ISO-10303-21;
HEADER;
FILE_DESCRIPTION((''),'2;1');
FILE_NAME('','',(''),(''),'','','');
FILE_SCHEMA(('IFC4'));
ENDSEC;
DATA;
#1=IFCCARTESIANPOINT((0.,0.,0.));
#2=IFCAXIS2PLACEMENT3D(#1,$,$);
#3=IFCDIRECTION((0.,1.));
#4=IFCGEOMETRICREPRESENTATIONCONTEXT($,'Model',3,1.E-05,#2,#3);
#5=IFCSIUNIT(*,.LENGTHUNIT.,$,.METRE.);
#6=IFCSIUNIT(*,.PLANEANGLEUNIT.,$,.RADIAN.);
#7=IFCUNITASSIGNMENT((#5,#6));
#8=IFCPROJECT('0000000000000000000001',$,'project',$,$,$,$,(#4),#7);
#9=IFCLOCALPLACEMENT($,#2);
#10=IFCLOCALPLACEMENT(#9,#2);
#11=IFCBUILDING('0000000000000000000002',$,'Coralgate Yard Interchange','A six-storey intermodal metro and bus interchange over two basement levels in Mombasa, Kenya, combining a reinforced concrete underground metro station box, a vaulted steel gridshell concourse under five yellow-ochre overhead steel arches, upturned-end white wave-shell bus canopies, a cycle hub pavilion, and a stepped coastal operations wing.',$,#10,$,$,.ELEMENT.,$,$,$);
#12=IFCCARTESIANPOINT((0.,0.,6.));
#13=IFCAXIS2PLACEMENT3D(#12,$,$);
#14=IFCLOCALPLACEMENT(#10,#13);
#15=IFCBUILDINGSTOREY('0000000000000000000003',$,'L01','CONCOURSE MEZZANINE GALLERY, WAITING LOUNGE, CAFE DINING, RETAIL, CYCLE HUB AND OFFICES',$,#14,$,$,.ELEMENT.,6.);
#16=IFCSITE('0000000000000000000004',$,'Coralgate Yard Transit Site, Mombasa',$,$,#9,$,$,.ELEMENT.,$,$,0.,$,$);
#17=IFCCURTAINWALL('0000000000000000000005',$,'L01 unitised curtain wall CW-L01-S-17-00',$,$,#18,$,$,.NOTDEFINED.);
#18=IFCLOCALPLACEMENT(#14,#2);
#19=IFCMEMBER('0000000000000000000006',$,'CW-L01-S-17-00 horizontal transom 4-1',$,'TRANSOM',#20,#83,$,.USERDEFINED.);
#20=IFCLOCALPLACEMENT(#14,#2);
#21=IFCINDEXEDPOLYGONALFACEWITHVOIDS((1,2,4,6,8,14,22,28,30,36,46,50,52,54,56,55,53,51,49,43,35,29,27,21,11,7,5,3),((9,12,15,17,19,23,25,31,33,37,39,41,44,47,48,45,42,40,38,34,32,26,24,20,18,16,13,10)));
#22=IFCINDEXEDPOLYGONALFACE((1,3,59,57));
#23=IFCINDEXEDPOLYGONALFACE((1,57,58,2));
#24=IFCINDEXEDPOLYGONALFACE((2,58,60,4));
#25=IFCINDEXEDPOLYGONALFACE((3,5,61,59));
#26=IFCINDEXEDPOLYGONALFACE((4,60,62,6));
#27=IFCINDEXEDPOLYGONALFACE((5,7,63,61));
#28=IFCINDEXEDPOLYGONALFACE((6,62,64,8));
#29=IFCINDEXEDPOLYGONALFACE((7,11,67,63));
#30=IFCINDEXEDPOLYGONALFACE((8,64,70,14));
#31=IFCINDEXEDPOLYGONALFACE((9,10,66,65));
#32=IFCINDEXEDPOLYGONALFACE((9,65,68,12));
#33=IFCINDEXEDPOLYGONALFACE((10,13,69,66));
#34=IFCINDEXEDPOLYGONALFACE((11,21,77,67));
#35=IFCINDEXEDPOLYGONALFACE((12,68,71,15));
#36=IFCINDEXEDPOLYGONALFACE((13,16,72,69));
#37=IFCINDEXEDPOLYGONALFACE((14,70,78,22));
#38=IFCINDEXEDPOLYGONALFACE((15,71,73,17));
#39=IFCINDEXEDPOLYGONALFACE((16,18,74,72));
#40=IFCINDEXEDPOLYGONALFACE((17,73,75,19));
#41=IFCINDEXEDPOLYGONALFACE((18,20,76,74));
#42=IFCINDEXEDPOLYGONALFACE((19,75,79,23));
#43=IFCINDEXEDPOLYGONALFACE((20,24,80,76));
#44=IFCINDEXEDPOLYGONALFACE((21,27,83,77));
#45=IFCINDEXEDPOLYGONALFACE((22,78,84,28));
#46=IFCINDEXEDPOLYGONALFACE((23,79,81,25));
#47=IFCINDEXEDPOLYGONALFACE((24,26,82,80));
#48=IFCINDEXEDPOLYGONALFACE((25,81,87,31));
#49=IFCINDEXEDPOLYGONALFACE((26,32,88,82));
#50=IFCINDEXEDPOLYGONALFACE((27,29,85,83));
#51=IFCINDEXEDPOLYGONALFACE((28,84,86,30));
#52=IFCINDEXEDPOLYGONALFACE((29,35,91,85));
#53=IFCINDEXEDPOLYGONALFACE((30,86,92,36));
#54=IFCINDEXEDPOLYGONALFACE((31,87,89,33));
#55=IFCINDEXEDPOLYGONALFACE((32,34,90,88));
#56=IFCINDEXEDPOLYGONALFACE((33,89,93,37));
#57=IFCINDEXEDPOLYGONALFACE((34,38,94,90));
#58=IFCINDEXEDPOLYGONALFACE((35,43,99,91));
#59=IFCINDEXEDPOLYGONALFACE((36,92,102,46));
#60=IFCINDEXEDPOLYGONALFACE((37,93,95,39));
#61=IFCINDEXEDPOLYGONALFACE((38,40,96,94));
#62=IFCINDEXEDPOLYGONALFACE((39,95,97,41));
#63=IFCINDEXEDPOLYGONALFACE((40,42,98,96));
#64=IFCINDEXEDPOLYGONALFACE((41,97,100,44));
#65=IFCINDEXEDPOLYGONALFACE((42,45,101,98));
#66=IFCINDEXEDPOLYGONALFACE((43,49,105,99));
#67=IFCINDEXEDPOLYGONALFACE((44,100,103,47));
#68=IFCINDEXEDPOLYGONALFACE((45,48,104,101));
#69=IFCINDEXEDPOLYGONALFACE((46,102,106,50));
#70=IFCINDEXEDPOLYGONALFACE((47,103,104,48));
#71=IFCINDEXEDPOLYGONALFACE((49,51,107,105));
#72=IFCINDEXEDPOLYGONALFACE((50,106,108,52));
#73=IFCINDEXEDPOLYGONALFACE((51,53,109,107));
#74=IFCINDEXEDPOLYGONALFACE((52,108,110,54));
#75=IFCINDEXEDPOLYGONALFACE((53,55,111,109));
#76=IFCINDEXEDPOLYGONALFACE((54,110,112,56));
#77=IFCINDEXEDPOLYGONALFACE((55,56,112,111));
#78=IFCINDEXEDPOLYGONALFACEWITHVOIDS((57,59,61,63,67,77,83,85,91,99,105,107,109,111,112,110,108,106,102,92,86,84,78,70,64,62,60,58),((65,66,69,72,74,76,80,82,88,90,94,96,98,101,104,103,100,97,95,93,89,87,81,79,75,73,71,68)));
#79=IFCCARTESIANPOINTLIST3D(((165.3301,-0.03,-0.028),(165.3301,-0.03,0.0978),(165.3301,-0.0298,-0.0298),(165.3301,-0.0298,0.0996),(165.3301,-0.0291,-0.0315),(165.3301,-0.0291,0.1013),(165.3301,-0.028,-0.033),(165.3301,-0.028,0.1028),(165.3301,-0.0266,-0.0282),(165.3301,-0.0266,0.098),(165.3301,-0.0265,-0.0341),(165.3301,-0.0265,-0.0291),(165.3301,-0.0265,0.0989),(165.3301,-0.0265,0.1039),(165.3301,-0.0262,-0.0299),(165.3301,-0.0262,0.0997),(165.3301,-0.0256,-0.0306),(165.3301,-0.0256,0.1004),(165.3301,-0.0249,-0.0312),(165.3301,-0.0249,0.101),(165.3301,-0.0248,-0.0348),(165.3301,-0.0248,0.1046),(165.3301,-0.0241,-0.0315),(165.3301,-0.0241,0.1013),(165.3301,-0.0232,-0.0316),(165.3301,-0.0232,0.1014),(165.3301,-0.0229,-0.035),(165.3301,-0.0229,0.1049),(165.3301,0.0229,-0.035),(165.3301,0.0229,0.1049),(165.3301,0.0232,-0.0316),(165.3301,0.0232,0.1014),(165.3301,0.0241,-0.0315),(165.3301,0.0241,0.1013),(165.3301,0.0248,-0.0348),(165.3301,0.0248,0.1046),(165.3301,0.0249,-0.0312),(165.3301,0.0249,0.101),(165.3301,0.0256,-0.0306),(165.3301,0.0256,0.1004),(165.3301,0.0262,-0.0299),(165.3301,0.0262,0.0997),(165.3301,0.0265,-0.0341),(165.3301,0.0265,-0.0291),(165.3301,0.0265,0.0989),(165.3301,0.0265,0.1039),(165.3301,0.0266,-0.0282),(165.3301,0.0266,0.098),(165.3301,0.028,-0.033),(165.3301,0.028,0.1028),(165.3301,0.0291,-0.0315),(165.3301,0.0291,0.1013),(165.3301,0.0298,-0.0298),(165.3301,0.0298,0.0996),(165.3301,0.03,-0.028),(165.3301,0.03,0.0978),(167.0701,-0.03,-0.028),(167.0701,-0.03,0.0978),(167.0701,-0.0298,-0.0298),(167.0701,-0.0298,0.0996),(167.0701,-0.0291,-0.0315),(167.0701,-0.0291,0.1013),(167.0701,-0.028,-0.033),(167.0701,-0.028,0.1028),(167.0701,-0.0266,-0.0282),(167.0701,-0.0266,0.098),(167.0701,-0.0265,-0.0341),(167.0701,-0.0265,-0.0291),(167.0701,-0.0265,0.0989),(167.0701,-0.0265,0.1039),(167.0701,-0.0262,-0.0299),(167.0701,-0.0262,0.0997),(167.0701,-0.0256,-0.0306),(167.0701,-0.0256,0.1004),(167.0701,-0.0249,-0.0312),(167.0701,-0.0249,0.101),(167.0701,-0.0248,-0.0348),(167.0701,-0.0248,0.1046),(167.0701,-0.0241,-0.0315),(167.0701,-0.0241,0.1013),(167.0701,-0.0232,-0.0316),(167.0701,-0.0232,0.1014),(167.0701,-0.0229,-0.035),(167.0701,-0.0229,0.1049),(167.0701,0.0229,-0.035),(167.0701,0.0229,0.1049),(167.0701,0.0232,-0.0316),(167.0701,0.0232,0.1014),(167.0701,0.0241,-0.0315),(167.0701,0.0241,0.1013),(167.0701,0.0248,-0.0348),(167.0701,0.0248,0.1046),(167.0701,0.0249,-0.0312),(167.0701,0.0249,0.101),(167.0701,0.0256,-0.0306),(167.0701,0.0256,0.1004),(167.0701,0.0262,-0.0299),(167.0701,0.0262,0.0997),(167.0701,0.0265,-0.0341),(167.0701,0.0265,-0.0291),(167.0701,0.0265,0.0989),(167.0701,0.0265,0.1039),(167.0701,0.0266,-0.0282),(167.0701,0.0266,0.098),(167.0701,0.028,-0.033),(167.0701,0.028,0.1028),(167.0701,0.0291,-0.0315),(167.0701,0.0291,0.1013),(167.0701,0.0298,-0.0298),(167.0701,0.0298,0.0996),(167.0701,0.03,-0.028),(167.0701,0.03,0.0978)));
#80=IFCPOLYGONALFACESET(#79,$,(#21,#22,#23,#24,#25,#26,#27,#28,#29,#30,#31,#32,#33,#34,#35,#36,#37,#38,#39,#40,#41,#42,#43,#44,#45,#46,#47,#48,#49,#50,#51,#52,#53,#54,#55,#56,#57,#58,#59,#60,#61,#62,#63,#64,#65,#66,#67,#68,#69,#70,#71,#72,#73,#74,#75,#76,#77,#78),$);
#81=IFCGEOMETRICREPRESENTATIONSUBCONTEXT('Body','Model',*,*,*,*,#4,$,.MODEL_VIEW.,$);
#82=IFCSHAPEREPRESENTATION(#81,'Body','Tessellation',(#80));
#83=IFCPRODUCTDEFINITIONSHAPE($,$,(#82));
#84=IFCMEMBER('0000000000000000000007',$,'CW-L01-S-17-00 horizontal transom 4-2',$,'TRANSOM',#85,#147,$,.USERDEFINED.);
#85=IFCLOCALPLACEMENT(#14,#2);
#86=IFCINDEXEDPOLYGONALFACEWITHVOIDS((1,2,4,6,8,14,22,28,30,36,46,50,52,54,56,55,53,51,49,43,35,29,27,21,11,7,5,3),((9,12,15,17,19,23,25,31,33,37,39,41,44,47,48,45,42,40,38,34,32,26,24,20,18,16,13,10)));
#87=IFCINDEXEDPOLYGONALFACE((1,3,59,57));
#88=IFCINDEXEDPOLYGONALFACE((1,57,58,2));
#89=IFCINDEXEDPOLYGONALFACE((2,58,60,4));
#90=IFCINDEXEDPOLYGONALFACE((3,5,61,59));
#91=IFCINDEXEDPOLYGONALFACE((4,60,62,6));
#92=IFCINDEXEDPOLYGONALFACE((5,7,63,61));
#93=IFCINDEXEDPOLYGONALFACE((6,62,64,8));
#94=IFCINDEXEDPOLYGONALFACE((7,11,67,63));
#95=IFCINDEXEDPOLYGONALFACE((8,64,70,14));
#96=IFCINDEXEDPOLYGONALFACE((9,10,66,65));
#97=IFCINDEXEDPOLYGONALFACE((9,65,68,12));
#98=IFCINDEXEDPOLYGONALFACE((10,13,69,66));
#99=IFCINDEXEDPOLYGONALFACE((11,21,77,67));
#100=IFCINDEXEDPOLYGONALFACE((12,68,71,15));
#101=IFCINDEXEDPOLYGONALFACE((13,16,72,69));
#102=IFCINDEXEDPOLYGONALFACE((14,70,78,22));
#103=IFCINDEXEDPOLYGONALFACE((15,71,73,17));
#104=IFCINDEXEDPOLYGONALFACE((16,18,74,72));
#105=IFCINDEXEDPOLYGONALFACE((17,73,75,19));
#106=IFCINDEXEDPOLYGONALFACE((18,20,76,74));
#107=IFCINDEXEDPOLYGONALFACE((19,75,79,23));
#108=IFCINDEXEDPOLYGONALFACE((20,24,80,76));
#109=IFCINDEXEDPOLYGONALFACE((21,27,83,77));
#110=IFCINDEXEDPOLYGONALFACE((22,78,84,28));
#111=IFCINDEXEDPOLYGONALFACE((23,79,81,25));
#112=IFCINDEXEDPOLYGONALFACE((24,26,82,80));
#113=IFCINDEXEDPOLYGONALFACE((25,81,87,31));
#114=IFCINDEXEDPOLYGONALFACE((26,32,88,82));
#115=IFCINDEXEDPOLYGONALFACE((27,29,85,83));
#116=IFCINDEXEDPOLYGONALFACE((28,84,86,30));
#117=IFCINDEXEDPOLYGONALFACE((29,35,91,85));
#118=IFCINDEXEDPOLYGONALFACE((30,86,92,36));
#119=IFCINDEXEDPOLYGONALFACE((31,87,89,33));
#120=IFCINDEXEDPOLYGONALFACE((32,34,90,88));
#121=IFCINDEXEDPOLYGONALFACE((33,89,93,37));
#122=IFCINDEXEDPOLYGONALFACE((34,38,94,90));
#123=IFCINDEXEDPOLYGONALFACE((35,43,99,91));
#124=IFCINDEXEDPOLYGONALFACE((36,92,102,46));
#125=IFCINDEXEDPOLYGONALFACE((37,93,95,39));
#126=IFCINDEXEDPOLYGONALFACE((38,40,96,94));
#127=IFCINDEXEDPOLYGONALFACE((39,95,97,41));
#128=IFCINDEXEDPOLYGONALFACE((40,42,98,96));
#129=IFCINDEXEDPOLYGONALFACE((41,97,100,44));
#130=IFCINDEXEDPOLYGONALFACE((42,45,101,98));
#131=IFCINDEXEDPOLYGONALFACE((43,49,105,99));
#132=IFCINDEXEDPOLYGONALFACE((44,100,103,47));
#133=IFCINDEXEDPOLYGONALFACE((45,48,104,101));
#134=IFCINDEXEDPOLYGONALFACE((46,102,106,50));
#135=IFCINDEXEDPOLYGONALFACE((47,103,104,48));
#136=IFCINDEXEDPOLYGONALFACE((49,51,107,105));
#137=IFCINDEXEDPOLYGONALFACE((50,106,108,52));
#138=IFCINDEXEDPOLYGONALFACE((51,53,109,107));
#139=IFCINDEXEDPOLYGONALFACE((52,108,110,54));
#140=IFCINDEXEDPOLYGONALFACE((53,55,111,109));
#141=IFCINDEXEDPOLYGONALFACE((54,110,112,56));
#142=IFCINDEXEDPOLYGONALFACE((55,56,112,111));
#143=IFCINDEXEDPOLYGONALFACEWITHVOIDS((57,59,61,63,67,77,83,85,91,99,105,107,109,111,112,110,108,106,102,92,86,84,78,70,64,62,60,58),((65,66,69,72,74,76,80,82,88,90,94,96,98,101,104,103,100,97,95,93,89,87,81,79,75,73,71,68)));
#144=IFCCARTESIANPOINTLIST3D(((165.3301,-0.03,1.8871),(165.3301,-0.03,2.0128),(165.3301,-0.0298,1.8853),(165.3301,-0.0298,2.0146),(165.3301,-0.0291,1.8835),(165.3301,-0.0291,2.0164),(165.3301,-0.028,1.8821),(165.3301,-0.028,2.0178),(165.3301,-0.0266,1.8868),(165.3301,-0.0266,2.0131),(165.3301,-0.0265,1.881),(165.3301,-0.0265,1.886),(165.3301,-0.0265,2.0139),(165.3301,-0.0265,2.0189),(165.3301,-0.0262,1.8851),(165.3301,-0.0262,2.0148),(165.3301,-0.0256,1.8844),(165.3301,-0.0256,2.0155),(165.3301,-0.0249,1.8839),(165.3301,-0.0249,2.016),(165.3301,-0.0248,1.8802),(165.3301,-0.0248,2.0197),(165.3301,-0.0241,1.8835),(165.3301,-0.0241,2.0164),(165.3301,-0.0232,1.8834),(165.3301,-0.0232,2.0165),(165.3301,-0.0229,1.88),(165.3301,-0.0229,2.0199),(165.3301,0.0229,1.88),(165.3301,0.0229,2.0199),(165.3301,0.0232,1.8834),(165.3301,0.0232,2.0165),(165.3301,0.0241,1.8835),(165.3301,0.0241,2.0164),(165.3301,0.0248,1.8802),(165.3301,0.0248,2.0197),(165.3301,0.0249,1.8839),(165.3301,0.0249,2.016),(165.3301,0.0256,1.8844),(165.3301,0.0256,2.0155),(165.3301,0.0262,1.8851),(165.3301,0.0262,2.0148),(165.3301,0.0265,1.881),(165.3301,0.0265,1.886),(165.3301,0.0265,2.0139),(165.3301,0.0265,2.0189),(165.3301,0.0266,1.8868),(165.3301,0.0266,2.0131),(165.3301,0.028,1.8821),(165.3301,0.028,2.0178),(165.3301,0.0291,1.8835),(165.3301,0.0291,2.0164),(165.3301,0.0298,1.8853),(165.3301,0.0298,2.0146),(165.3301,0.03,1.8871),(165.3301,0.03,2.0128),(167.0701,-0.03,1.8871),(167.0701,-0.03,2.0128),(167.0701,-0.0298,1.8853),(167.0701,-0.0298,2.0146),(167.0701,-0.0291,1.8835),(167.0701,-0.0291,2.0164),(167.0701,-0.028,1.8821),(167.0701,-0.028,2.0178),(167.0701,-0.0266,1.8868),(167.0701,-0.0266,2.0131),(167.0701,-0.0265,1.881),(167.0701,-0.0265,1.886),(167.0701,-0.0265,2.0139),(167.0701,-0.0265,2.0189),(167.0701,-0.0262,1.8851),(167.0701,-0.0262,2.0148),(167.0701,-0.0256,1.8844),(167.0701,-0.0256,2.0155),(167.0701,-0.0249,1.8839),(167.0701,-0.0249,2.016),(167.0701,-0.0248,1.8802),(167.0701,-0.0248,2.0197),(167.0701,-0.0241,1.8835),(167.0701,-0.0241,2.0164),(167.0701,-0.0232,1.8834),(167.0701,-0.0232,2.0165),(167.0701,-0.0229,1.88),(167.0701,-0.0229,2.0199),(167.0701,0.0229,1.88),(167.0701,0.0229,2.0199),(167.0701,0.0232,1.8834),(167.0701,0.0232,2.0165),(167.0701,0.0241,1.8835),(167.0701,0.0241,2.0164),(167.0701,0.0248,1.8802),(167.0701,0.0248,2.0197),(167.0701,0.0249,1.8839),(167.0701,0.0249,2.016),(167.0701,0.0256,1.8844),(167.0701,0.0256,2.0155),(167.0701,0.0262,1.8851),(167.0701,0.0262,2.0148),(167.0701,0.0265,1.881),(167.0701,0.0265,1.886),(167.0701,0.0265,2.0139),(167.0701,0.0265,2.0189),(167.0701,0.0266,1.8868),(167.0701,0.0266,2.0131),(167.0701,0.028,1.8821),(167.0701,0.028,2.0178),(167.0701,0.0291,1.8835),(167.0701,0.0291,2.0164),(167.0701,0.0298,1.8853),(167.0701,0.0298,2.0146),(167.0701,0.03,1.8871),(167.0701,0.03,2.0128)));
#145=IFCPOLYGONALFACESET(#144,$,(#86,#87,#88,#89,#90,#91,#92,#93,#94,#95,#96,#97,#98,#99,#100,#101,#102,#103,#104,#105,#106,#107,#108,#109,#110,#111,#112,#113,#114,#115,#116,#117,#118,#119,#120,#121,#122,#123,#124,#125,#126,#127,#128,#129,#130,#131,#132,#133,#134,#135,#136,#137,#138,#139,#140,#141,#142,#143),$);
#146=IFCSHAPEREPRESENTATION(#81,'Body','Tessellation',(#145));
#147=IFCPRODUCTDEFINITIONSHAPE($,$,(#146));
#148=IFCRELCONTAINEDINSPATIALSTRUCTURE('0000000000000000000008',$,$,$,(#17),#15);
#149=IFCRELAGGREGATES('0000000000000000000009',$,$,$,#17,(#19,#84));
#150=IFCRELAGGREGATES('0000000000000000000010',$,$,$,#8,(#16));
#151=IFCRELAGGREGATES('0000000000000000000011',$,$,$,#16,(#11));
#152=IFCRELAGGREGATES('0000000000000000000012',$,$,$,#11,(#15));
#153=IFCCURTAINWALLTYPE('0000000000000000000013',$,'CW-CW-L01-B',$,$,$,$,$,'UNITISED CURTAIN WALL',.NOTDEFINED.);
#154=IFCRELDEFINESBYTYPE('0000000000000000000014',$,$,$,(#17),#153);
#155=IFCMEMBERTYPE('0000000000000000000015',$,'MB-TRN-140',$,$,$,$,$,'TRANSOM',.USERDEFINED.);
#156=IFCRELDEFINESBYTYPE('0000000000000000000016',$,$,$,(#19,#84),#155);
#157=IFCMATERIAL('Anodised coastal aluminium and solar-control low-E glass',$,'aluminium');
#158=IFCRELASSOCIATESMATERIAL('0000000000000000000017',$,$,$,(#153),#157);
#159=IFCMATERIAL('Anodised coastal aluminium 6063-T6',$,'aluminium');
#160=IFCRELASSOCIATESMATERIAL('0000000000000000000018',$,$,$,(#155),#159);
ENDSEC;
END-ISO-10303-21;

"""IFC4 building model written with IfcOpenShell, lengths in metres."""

from ifc_helpers import new_model, si_unit, direction, frame, origin, origin_2d, place, context, subcontext, project, spatial, hollow_rectangle, extrude, material, material_profile, profile_set, type_object, element, aggregate, save


model = new_model("IFC4")

# Units and contexts
model_context = context("Model", 3, precision=1e-05, world=origin(), true_north=direction((0.0, 1.0)))
body_context = subcontext(model_context, "Body", "Model", "MODEL_VIEW")
ifc_project = project(units=[si_unit("LENGTHUNIT", "METRE"), si_unit("PLANEANGLEUNIT", "RADIAN")], contexts=[model_context])

# Site, building, storey
site_placement = place(None, origin())
site = spatial("IfcSite", under=ifc_project, at=site_placement, Name="Coralgate Yard Transit Site, Mombasa", CompositionType="ELEMENT", RefElevation=0.0)
building_placement = place(site_placement, origin())
building = spatial("IfcBuilding", under=site, at=building_placement, Name="Coralgate Yard Interchange", Description="A six-storey intermodal metro and bus interchange over two basement levels in Mombasa, Kenya, combining a reinforced concrete underground metro station box, a vaulted steel gridshell concourse under five yellow-ochre overhead steel arches, upturned-end white wave-shell bus canopies, a cycle hub pavilion, and a stepped coastal operations wing.", CompositionType="ELEMENT")
storey_placement = place(building_placement, frame((0.0, 0.0, 6.0)))
storey = spatial("IfcBuildingStorey", under=building, at=storey_placement, Name="L01", Description="CONCOURSE MEZZANINE GALLERY, WAITING LOUNGE, CAFE DINING, RETAIL, CYCLE HUB AND OFFICES", CompositionType="ELEMENT", Elevation=6.0)

# Curtain wall, members
ifc_material_1 = material(Name="Anodised coastal aluminium and solar-control low-E glass", Category="aluminium")
curtain_wall_type = type_object("IfcCurtainWallType", Name="CW-CW-L01-B", ElementType="UNITISED CURTAIN WALL", PredefinedType="NOTDEFINED", material=ifc_material_1)
curtain_wall_placement = place(storey_placement, origin())
curtain_wall = element("IfcCurtainWall", 1, at=curtain_wall_placement, inside=storey, type_object=curtain_wall_type, Name="L01 unitised curtain wall CW-L01-S-17-00", PredefinedType="NOTDEFINED")
ifc_material_2 = material(Name="Anodised coastal aluminium 6063-T6", Category="aluminium")
ifc_material_profile_1 = material_profile(ifc_material_2, hollow_rectangle(XDim=0.0601, YDim=0.1399, WallThickness=0.0034, InnerFilletRadius=0.0034, OuterFilletRadius=0.0071, at=origin_2d()), Name="ALU 60x140x3.5")
ifc_profile_set_1 = profile_set([ifc_material_profile_1], Name="Anodised coastal aluminium 6063-T6")
member_type_1 = type_object("IfcMemberType", Name="MB-TRN-140", ElementType="TRANSOM", PredefinedType="USERDEFINED", material=ifc_profile_set_1)
member_1_placement = place(storey_placement, frame((167.0701, 0.0, 0.0349), z_axis=(-1.0, 0.0, 0.0), x_axis=(0.0, -1.0, 0.0)))
member_1 = element("IfcMember", 2, at=member_1_placement, type_object=member_type_1, Name="CW-L01-S-17-00 horizontal transom 4-1", ObjectType="TRANSOM", PredefinedType="USERDEFINED", context=body_context, shape_type="SweptSolid", body=[
    extrude(hollow_rectangle(XDim=0.0601, YDim=0.1399, WallThickness=0.0034, InnerFilletRadius=0.0034, OuterFilletRadius=0.0071, at=origin_2d()), origin(), (0.0, 0.0, 1.0), 1.74),
])
member_2_placement = place(storey_placement, frame((167.0701, 0.0, 1.95), z_axis=(-1.0, 0.0, 0.0), x_axis=(0.0, -1.0, 0.0)))
member_2 = element("IfcMember", 3, at=member_2_placement, type_object=member_type_1, Name="CW-L01-S-17-00 horizontal transom 4-2", ObjectType="TRANSOM", PredefinedType="USERDEFINED", context=body_context, shape_type="SweptSolid", body=[
    extrude(hollow_rectangle(XDim=0.0601, YDim=0.1399, WallThickness=0.0034, InnerFilletRadius=0.0034, OuterFilletRadius=0.0071, at=origin_2d()), origin(), (0.0, 0.0, 1.0), 1.74),
])
aggregate(curtain_wall, [member_1, member_2])

save(model, "model.ifc")
